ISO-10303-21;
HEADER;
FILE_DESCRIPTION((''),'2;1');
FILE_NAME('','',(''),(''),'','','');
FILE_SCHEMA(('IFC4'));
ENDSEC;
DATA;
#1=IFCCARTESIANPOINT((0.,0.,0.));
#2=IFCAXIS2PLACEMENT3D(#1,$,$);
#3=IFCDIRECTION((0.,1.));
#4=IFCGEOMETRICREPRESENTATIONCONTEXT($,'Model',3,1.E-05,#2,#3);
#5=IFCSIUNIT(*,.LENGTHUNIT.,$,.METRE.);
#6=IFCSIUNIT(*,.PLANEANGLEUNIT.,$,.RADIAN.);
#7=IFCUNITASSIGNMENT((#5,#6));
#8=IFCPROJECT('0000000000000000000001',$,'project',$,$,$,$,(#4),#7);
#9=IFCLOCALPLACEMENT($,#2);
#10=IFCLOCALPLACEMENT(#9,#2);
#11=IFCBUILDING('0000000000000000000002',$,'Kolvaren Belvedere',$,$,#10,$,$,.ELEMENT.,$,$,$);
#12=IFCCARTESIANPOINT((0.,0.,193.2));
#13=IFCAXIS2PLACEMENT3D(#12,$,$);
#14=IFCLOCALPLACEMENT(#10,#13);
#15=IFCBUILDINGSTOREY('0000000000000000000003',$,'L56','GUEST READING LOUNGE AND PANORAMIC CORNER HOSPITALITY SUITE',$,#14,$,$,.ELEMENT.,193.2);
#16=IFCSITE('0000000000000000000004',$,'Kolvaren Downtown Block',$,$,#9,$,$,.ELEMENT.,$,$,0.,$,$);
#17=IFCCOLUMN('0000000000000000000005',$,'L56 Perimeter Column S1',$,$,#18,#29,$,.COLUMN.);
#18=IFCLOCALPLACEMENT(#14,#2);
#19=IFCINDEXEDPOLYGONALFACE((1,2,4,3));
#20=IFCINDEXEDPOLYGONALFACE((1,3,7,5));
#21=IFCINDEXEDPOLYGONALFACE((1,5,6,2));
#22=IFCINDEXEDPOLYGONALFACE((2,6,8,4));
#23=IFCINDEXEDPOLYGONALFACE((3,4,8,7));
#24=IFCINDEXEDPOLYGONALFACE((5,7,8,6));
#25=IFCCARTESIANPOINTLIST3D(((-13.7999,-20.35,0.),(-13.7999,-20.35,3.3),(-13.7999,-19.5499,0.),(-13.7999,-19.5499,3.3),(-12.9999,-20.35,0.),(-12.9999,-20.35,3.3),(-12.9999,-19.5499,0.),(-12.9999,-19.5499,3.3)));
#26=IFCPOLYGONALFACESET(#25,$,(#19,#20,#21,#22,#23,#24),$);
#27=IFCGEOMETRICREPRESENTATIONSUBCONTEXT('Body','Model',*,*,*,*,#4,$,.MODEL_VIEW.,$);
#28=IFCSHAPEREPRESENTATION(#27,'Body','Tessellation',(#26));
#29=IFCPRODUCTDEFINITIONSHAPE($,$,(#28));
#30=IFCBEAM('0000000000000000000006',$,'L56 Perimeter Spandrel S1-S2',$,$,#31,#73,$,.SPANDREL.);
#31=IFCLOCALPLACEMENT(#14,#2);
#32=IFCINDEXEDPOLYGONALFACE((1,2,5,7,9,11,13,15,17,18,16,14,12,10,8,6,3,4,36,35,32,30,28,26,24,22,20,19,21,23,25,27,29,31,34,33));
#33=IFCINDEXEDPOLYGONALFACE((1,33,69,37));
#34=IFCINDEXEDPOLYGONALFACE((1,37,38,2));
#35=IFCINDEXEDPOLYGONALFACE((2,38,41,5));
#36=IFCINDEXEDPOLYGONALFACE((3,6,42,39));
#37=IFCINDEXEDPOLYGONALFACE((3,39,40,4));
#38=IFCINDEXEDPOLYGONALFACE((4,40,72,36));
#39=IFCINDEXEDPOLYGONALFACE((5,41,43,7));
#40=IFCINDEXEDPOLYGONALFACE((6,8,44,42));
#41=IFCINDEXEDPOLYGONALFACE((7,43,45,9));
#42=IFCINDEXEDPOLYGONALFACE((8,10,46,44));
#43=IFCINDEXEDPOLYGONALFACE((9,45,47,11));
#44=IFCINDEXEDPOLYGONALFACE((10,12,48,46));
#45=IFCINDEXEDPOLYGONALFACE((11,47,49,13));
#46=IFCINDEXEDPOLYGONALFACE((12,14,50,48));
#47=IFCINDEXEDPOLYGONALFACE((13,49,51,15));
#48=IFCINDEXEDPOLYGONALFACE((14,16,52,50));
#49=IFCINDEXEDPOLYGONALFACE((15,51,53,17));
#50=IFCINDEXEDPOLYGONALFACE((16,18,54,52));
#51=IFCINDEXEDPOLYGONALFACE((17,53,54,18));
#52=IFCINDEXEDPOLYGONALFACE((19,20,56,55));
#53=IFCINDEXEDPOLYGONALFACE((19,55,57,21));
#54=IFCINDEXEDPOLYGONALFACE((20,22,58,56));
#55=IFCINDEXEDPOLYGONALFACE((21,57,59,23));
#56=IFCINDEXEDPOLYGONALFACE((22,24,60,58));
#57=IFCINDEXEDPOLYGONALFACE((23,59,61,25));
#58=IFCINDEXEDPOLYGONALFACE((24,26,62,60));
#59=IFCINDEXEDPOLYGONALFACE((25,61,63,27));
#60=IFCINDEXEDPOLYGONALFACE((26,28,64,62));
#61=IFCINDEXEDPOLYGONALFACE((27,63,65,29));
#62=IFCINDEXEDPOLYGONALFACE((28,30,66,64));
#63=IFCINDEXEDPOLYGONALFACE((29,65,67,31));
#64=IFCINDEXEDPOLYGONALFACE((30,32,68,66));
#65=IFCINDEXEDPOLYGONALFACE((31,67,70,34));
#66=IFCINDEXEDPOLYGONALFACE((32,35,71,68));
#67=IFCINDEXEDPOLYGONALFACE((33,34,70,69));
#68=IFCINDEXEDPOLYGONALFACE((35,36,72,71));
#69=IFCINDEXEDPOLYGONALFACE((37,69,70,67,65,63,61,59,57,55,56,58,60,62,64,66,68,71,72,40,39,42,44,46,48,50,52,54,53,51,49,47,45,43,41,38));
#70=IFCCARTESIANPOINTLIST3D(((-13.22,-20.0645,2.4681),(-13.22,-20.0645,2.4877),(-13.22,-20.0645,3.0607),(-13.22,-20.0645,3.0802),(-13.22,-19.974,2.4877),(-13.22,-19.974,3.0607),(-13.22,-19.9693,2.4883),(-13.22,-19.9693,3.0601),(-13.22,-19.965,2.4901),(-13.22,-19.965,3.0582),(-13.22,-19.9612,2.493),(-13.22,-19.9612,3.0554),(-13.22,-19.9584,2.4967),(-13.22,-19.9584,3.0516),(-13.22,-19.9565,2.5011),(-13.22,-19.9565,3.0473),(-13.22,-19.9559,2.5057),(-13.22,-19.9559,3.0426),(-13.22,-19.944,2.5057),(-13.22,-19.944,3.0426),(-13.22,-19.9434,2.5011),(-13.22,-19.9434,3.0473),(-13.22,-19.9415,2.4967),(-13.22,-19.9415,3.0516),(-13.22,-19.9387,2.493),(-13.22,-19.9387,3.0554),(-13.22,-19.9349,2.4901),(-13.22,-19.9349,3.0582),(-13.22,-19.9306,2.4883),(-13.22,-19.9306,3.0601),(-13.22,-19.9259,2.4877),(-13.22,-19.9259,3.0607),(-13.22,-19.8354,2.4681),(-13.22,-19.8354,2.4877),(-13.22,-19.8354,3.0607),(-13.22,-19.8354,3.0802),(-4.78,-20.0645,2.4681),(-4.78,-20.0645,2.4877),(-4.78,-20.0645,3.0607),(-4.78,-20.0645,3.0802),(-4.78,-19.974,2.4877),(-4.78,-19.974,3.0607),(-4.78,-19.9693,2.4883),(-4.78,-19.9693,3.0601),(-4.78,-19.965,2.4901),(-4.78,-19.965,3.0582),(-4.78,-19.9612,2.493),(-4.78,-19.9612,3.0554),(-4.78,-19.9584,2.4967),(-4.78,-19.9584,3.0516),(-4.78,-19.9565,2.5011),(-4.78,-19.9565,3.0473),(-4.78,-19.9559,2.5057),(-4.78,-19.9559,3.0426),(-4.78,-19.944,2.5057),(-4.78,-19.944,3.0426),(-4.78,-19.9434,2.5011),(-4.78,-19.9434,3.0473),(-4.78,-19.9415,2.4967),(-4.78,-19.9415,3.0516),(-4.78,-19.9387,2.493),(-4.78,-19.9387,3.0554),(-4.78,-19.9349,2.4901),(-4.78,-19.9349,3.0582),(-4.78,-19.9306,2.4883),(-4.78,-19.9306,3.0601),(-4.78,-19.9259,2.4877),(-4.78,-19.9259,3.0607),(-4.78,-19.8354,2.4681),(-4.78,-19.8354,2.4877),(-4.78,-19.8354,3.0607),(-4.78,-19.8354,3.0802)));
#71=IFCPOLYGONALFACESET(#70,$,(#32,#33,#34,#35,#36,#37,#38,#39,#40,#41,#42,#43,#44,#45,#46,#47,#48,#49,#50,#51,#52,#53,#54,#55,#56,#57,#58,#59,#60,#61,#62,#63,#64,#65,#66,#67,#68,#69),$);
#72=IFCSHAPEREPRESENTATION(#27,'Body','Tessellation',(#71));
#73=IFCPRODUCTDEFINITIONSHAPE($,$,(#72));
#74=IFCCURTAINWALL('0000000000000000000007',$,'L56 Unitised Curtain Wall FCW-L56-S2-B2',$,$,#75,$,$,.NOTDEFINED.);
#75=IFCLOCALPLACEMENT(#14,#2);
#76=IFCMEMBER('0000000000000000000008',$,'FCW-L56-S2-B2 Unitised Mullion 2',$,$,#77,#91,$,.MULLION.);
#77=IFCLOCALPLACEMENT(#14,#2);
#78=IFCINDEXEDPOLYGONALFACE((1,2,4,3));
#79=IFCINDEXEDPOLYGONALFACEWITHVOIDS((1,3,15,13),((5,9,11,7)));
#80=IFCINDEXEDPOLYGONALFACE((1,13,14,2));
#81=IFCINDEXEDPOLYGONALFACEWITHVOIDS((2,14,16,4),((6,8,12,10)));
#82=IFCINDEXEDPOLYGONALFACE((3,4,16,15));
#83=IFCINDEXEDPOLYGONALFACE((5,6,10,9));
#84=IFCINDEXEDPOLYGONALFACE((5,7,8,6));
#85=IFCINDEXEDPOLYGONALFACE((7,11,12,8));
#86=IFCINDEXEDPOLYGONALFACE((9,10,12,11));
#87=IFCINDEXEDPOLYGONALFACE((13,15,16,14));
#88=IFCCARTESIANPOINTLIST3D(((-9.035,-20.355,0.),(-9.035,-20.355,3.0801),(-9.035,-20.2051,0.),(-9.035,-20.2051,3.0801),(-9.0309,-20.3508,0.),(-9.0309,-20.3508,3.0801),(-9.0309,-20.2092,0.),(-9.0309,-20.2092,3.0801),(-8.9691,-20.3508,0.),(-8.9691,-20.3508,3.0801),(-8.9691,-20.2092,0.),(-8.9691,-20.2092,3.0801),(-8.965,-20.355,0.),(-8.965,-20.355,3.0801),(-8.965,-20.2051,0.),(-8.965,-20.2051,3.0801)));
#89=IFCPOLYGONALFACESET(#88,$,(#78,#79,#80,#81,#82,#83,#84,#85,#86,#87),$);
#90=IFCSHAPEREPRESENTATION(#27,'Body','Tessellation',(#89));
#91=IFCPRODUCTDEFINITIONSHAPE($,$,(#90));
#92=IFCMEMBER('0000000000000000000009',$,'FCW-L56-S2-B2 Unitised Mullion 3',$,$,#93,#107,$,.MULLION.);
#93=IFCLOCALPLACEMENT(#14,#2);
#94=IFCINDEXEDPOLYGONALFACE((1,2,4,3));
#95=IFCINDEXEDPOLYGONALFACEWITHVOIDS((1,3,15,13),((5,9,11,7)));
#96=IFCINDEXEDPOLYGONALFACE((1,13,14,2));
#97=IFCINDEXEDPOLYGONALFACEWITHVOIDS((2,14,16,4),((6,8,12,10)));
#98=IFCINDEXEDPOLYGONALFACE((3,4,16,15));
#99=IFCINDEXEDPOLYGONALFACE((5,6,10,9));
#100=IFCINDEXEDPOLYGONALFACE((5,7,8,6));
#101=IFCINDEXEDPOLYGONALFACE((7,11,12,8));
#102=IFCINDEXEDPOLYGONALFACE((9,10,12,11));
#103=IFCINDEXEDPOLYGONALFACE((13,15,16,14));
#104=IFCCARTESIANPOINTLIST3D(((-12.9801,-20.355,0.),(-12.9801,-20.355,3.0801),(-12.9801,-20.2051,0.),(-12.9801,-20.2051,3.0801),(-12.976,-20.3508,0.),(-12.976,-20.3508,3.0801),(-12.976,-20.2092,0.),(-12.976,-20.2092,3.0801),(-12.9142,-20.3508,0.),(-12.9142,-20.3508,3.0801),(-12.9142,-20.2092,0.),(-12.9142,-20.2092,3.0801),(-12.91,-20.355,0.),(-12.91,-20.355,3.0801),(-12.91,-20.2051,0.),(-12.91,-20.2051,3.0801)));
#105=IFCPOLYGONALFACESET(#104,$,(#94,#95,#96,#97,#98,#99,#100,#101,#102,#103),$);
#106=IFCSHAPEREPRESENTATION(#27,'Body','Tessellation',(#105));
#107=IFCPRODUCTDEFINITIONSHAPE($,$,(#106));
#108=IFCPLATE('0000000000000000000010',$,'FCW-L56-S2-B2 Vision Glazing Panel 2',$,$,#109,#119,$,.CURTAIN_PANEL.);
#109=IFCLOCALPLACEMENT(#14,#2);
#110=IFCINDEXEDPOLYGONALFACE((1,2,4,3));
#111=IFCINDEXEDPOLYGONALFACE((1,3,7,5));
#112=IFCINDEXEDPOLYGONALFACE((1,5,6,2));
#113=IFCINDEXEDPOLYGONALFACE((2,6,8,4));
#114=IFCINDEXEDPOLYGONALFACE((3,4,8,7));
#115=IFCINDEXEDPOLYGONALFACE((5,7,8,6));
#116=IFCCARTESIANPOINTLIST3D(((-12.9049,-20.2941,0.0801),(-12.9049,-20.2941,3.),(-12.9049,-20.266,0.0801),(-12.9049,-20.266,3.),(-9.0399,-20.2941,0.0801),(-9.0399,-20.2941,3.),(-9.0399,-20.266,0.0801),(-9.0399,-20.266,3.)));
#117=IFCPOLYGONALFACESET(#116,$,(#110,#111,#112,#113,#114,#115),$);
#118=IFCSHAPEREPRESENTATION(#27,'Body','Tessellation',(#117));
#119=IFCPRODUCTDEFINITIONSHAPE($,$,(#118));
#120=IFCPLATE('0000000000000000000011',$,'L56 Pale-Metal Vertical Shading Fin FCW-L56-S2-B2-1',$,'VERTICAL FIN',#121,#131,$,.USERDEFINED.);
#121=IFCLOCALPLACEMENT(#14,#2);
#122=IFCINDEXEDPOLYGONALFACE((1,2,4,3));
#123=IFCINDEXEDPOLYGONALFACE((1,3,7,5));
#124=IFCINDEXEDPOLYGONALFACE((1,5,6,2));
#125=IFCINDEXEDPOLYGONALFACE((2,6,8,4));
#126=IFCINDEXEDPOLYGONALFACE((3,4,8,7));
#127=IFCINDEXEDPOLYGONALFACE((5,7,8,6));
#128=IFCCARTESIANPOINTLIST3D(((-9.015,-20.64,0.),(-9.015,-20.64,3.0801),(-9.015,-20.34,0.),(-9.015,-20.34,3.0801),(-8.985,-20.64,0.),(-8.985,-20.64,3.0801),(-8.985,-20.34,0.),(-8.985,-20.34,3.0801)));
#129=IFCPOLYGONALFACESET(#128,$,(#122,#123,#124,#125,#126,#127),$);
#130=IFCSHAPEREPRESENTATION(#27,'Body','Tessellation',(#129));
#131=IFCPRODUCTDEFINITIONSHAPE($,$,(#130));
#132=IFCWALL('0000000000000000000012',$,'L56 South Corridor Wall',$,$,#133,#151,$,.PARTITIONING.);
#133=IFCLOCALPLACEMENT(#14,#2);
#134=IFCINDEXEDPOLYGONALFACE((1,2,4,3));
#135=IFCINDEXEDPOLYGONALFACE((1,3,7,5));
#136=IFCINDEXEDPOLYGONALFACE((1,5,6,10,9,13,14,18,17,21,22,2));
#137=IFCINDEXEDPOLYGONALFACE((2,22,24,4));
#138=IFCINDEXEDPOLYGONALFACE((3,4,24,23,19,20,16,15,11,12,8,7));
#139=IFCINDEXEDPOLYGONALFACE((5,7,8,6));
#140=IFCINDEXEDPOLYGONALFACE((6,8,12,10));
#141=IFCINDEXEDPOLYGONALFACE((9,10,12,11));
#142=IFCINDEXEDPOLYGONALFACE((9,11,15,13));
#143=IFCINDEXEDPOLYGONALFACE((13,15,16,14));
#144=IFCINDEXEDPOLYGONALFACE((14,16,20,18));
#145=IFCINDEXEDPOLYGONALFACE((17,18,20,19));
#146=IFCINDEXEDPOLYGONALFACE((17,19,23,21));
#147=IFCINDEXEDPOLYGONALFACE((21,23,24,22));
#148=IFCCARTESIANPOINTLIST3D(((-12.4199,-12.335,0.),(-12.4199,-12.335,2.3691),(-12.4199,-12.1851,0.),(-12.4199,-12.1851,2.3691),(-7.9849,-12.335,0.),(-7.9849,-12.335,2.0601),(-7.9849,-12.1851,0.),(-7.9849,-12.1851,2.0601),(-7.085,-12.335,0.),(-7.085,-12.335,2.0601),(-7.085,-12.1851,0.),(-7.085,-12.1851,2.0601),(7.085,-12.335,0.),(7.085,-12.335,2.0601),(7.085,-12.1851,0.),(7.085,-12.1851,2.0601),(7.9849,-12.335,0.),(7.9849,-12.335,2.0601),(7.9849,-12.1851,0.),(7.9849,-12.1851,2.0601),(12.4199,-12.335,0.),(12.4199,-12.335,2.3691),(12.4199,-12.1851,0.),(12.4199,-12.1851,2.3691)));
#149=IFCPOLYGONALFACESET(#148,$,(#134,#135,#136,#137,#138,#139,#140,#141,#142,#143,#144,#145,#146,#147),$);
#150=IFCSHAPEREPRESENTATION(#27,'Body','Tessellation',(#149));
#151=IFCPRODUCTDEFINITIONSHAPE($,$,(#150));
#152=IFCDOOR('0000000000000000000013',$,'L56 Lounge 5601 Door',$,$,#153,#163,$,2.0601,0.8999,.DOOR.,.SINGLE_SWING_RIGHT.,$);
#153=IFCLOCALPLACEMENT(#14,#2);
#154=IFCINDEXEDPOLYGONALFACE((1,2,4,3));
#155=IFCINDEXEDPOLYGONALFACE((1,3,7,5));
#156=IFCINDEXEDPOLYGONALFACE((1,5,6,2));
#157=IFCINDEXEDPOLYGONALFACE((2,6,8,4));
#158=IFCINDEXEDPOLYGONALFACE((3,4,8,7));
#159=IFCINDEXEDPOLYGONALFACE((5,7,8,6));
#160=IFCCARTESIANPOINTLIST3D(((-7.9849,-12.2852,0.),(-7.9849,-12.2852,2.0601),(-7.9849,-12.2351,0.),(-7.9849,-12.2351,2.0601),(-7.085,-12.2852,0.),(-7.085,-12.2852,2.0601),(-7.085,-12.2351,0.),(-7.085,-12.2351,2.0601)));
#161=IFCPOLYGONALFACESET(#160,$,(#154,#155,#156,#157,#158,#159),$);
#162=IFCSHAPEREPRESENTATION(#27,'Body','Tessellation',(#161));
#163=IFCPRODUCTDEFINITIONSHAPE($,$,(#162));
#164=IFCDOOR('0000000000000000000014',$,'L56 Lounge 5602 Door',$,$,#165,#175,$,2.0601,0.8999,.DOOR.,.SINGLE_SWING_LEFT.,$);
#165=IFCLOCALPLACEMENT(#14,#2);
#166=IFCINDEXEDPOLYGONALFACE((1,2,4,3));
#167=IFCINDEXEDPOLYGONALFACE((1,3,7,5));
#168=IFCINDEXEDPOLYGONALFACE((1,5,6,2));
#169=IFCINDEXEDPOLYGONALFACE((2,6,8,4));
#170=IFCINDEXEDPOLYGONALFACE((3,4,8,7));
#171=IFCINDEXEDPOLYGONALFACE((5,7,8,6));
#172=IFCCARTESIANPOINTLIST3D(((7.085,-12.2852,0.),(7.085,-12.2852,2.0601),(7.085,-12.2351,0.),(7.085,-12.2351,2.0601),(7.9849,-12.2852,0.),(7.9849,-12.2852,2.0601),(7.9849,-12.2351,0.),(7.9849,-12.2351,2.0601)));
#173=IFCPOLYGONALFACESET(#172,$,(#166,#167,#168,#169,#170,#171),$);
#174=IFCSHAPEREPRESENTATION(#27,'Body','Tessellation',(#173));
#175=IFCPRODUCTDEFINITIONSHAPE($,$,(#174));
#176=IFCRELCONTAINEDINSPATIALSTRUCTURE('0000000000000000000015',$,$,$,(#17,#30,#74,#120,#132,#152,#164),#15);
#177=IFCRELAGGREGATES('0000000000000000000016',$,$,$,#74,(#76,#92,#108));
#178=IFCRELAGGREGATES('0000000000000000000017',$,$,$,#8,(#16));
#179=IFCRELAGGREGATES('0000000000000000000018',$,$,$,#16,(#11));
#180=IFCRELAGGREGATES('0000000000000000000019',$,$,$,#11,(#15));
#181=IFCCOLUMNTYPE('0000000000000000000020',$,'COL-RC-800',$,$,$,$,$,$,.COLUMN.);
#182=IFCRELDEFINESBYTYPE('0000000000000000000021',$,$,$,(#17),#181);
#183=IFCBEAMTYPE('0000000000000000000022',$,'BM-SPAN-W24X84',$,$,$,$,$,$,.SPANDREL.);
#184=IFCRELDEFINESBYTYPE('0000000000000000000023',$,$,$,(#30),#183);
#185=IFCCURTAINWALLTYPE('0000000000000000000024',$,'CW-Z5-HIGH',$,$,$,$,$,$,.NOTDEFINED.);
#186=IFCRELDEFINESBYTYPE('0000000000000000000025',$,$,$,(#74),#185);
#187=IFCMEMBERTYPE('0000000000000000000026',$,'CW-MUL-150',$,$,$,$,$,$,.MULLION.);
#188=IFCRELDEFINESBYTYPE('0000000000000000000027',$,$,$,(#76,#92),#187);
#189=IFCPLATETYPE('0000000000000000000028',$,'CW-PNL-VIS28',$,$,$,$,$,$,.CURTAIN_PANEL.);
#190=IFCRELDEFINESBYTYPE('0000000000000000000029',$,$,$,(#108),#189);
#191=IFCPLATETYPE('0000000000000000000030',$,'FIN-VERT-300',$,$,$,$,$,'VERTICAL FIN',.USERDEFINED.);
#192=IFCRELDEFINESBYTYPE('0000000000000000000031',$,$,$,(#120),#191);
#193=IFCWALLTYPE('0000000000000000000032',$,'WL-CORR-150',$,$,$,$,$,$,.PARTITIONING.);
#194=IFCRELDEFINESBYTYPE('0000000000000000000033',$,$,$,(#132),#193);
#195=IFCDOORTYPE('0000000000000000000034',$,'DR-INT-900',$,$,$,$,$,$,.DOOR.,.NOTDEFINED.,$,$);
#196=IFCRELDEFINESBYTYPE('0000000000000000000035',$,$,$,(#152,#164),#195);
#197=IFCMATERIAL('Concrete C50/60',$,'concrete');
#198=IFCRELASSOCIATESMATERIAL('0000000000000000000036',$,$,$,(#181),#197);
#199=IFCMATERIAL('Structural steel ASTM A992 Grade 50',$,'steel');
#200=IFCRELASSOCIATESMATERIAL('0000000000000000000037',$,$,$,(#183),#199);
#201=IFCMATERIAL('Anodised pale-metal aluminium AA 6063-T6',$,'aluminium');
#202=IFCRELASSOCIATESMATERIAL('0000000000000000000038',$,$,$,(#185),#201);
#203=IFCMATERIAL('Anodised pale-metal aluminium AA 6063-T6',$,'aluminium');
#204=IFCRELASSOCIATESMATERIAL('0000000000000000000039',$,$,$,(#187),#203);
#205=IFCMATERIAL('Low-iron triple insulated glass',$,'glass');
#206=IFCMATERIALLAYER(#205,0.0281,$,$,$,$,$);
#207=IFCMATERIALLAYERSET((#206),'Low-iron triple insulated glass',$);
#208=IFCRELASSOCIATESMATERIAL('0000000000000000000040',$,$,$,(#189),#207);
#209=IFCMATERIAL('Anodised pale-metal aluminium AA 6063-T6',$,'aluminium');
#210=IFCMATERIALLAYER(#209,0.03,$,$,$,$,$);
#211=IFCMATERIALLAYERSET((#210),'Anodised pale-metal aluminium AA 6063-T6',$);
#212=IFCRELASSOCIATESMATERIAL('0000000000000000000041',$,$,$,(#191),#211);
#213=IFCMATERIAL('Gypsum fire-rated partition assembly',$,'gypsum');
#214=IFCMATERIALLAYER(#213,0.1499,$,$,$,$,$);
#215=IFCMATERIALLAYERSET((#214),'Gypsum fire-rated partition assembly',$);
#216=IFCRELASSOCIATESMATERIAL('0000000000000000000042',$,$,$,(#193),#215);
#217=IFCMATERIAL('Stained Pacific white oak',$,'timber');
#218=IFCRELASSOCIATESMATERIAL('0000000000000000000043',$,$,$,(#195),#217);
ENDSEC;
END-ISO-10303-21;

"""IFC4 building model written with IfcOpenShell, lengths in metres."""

from ifc_helpers import new_model, si_unit, direction, frame, frame_2d, origin, origin_2d, place, context, subcontext, project, spatial, rectangle, hollow_rectangle, i_section, extrude, material, layer, layer_set, material_profile, profile_set, type_object, element, fill, aggregate, save


model = new_model("IFC4")

# Units and contexts
model_context = context("Model", 3, precision=1e-05, world=origin(), true_north=direction((0.0, 1.0)))
body_context = subcontext(model_context, "Body", "Model", "MODEL_VIEW")
ifc_project = project(units=[si_unit("LENGTHUNIT", "METRE"), si_unit("PLANEANGLEUNIT", "RADIAN")], contexts=[model_context])

# Site, building, storey
site_placement = place(None, origin())
site = spatial("IfcSite", under=ifc_project, at=site_placement, Name="Kolvaren Downtown Block", CompositionType="ELEMENT", RefElevation=0.0)
building_placement = place(site_placement, origin())
building = spatial("IfcBuilding", under=site, at=building_placement, Name="Kolvaren Belvedere", CompositionType="ELEMENT")
storey_placement = place(building_placement, frame((0.0, 0.0, 193.2)))
storey = spatial("IfcBuildingStorey", under=building, at=storey_placement, Name="L56", Description="GUEST READING LOUNGE AND PANORAMIC CORNER HOSPITALITY SUITE", CompositionType="ELEMENT", Elevation=193.2)

# Column
ifc_material_1 = material(Name="Concrete C50/60", Category="concrete")
ifc_material_profile_1 = material_profile(ifc_material_1, rectangle(XDim=0.8, YDim=0.8, at=origin_2d()), Name="RC 800X800")
ifc_profile_set_1 = profile_set([ifc_material_profile_1], Name="Concrete C50/60")
column_type = type_object("IfcColumnType", Name="COL-RC-800", PredefinedType="COLUMN", material=ifc_profile_set_1)
column_placement = place(storey_placement, frame((-13.3999, -19.95, 0.0), z_axis=(0.0, 0.0, 1.0), x_axis=(1.0, 0.0, 0.0)))
element("IfcColumn", 1, at=column_placement, inside=storey, type_object=column_type, Name="L56 Perimeter Column S1", PredefinedType="COLUMN", context=body_context, shape_type="SweptSolid", body=[
    extrude(rectangle(XDim=0.8, YDim=0.8, at=origin_2d()), origin(), (0.0, 0.0, 1.0), 3.3),
])

# Beam
ifc_material_2 = material(Name="Structural steel ASTM A992 Grade 50", Category="steel")
ifc_material_profile_2 = material_profile(ifc_material_2, i_section(OverallWidth=0.229, OverallDepth=0.6121, WebThickness=0.012, FlangeThickness=0.0195, FilletRadius=0.0181, at=origin_2d()), Name="W24X84")
ifc_profile_set_2 = profile_set([ifc_material_profile_2], Name="Structural steel ASTM A992 Grade 50")
beam_type = type_object("IfcBeamType", Name="BM-SPAN-W24X84", PredefinedType="SPANDREL", material=ifc_profile_set_2)
beam_placement = place(storey_placement, frame((-13.22, -19.95, 2.7742), z_axis=(1.0, 0.0, 0.0), x_axis=(0.0, 1.0, 0.0)))
element("IfcBeam", 2, at=beam_placement, inside=storey, type_object=beam_type, Name="L56 Perimeter Spandrel S1-S2", PredefinedType="SPANDREL", context=body_context, shape_type="SweptSolid", body=[
    extrude(i_section(OverallWidth=0.229, OverallDepth=0.6121, WebThickness=0.012, FlangeThickness=0.0195, FilletRadius=0.0181, at=origin_2d()), origin(), (0.0, 0.0, 1.0), 8.4399),
])

# Curtain wall, members, plate
ifc_material_3 = material(Name="Anodised pale-metal aluminium AA 6063-T6", Category="aluminium")
curtain_wall_type = type_object("IfcCurtainWallType", Name="CW-Z5-HIGH", PredefinedType="NOTDEFINED", material=ifc_material_3)
curtain_wall_placement = place(storey_placement, origin())
curtain_wall = element("IfcCurtainWall", 3, at=curtain_wall_placement, inside=storey, type_object=curtain_wall_type, Name="L56 Unitised Curtain Wall FCW-L56-S2-B2", PredefinedType="NOTDEFINED")
ifc_material_4 = material(Name="Anodised pale-metal aluminium AA 6063-T6", Category="aluminium")
ifc_material_profile_3 = material_profile(ifc_material_4, hollow_rectangle(XDim=0.0701, YDim=0.1499, WallThickness=0.0042, at=origin_2d()), Name="ALU-MUL-150X70")
ifc_profile_set_3 = profile_set([ifc_material_profile_3], Name="Anodised pale-metal aluminium AA 6063-T6")
member_type = type_object("IfcMemberType", Name="CW-MUL-150", PredefinedType="MULLION", material=ifc_profile_set_3)
member_1_placement = place(storey_placement, frame((-9.0, -20.28, 0.0), z_axis=(0.0, 0.0, 1.0), x_axis=(1.0, 0.0, 0.0)))
member_1 = element("IfcMember", 4, at=member_1_placement, type_object=member_type, Name="FCW-L56-S2-B2 Unitised Mullion 2", PredefinedType="MULLION", context=body_context, shape_type="SweptSolid", body=[
    extrude(hollow_rectangle(XDim=0.0701, YDim=0.1499, WallThickness=0.0042, at=origin_2d()), origin(), (0.0, 0.0, 1.0), 3.0801),
])
member_2_placement = place(storey_placement, frame((-12.9451, -20.28, 0.0), z_axis=(0.0, 0.0, 1.0), x_axis=(1.0, 0.0, 0.0)))
member_2 = element("IfcMember", 5, at=member_2_placement, type_object=member_type, Name="FCW-L56-S2-B2 Unitised Mullion 3", PredefinedType="MULLION", context=body_context, shape_type="SweptSolid", body=[
    extrude(hollow_rectangle(XDim=0.0701, YDim=0.1499, WallThickness=0.0042, at=origin_2d()), origin(), (0.0, 0.0, 1.0), 3.0801),
])
ifc_material_5 = material(Name="Low-iron triple insulated glass", Category="glass")
ifc_layer_1 = layer(ifc_material_5, 0.0281)
ifc_layer_set_1 = layer_set([ifc_layer_1], Name="Low-iron triple insulated glass")
plate_type_1 = type_object("IfcPlateType", Name="CW-PNL-VIS28", PredefinedType="CURTAIN_PANEL", material=ifc_layer_set_1)
plate_1_placement = place(storey_placement, frame((-10.9724, -20.28, 0.0801), z_axis=(0.0, 0.0, 1.0), x_axis=(-1.0, 0.0, 0.0)))
plate_1 = element("IfcPlate", 6, at=plate_1_placement, type_object=plate_type_1, Name="FCW-L56-S2-B2 Vision Glazing Panel 2", PredefinedType="CURTAIN_PANEL", context=body_context, shape_type="SweptSolid", body=[
    extrude(rectangle(XDim=3.865, YDim=0.0281, at=origin_2d()), origin(), (0.0, 0.0, 1.0), 2.9199),
])
aggregate(curtain_wall, [member_1, member_2, plate_1])

# Plate
ifc_material_6 = material(Name="Anodised pale-metal aluminium AA 6063-T6", Category="aluminium")
ifc_layer_2 = layer(ifc_material_6, 0.03)
ifc_layer_set_2 = layer_set([ifc_layer_2], Name="Anodised pale-metal aluminium AA 6063-T6")
plate_type_2 = type_object("IfcPlateType", Name="FIN-VERT-300", ElementType="VERTICAL FIN", PredefinedType="USERDEFINED", material=ifc_layer_set_2)
plate_2_placement = place(storey_placement, frame((-9.0, -20.49, 0.0), z_axis=(0.0, 0.0, 1.0), x_axis=(0.0, 1.0, 0.0)))
element("IfcPlate", 7, at=plate_2_placement, inside=storey, type_object=plate_type_2, Name="L56 Pale-Metal Vertical Shading Fin FCW-L56-S2-B2-1", ObjectType="VERTICAL FIN", PredefinedType="USERDEFINED", context=body_context, shape_type="SweptSolid", body=[
    extrude(rectangle(XDim=0.3, YDim=0.03, at=origin_2d()), origin(), (0.0, 0.0, 1.0), 3.0801),
])

# Wall, openings, doors
ifc_material_7 = material(Name="Gypsum fire-rated partition assembly", Category="gypsum")
ifc_layer_3 = layer(ifc_material_7, 0.1499)
ifc_layer_set_3 = layer_set([ifc_layer_3], Name="Gypsum fire-rated partition assembly")
wall_type_1 = type_object("IfcWallType", Name="WL-CORR-150", PredefinedType="PARTITIONING", material=ifc_layer_set_3)
wall_1_placement = place(storey_placement, frame((-12.4199, -12.26, 0.0), z_axis=(0.0, 0.0, 1.0), x_axis=(1.0, 0.0, 0.0)))
wall_1 = element("IfcWall", 8, at=wall_1_placement, inside=storey, type_object=wall_type_1, Name="L56 South Corridor Wall", PredefinedType="PARTITIONING", context=body_context, shape_type="SweptSolid", body=[
    extrude(rectangle(XDim=24.8398, YDim=0.1499, at=frame_2d((12.4199, 0.0))), origin(), (0.0, 0.0, 1.0), 2.3691),
])
opening_1_placement = place(wall_1_placement, frame((4.4351, 0.0, 0.0)))
opening_1 = element("IfcOpeningElement", 9, at=opening_1_placement, cuts=wall_1, PredefinedType="OPENING", context=body_context, shape_type="SweptSolid", body=[
    extrude(rectangle(XDim=0.8999, YDim=2.0601, at=frame_2d((0.45, 1.03))), frame((0.0, 0.085, 0.0), z_axis=(0.0, -1.0, 0.0), x_axis=(1.0, 0.0, 0.0)), (0.0, 0.0, 1.0), 0.1699),
])
opening_2_placement = place(wall_1_placement, frame((19.5049, 0.0, 0.0)))
opening_2 = element("IfcOpeningElement", 10, at=opening_2_placement, cuts=wall_1, PredefinedType="OPENING", context=body_context, shape_type="SweptSolid", body=[
    extrude(rectangle(XDim=0.8999, YDim=2.0601, at=frame_2d((0.45, 1.03))), frame((0.0, 0.085, 0.0), z_axis=(0.0, -1.0, 0.0), x_axis=(1.0, 0.0, 0.0)), (0.0, 0.0, 1.0), 0.1699),
])
ifc_material_8 = material(Name="Stained Pacific white oak", Category="timber")
door_type_1 = type_object("IfcDoorType", Name="DR-INT-900", OperationType="NOTDEFINED", PredefinedType="DOOR", material=ifc_material_8)
door_1_placement = place(opening_1_placement, origin())
door_1 = element("IfcDoor", 11, at=door_1_placement, inside=storey, type_object=door_type_1, Name="L56 Lounge 5601 Door", OperationType="SINGLE_SWING_RIGHT", OverallHeight=2.0601, OverallWidth=0.8999, PredefinedType="DOOR", context=body_context, shape_type="SweptSolid", body=[
    extrude(rectangle(XDim=0.8999, YDim=2.0601, at=frame_2d((0.45, 1.03))), frame((0.0, 0.0249, 0.0), z_axis=(0.0, -1.0, 0.0), x_axis=(1.0, 0.0, 0.0)), (0.0, 0.0, 1.0), 0.05),
])
fill(opening_1, door_1)
door_2_placement = place(opening_2_placement, origin())
door_2 = element("IfcDoor", 12, at=door_2_placement, inside=storey, type_object=door_type_1, Name="L56 Lounge 5602 Door", OperationType="SINGLE_SWING_LEFT", OverallHeight=2.0601, OverallWidth=0.8999, PredefinedType="DOOR", context=body_context, shape_type="SweptSolid", body=[
    extrude(rectangle(XDim=0.8999, YDim=2.0601, at=frame_2d((0.45, 1.03))), frame((0.0, 0.0249, 0.0), z_axis=(0.0, -1.0, 0.0), x_axis=(1.0, 0.0, 0.0)), (0.0, 0.0, 1.0), 0.05),
])
fill(opening_2, door_2)

save(model, "model.ifc")
